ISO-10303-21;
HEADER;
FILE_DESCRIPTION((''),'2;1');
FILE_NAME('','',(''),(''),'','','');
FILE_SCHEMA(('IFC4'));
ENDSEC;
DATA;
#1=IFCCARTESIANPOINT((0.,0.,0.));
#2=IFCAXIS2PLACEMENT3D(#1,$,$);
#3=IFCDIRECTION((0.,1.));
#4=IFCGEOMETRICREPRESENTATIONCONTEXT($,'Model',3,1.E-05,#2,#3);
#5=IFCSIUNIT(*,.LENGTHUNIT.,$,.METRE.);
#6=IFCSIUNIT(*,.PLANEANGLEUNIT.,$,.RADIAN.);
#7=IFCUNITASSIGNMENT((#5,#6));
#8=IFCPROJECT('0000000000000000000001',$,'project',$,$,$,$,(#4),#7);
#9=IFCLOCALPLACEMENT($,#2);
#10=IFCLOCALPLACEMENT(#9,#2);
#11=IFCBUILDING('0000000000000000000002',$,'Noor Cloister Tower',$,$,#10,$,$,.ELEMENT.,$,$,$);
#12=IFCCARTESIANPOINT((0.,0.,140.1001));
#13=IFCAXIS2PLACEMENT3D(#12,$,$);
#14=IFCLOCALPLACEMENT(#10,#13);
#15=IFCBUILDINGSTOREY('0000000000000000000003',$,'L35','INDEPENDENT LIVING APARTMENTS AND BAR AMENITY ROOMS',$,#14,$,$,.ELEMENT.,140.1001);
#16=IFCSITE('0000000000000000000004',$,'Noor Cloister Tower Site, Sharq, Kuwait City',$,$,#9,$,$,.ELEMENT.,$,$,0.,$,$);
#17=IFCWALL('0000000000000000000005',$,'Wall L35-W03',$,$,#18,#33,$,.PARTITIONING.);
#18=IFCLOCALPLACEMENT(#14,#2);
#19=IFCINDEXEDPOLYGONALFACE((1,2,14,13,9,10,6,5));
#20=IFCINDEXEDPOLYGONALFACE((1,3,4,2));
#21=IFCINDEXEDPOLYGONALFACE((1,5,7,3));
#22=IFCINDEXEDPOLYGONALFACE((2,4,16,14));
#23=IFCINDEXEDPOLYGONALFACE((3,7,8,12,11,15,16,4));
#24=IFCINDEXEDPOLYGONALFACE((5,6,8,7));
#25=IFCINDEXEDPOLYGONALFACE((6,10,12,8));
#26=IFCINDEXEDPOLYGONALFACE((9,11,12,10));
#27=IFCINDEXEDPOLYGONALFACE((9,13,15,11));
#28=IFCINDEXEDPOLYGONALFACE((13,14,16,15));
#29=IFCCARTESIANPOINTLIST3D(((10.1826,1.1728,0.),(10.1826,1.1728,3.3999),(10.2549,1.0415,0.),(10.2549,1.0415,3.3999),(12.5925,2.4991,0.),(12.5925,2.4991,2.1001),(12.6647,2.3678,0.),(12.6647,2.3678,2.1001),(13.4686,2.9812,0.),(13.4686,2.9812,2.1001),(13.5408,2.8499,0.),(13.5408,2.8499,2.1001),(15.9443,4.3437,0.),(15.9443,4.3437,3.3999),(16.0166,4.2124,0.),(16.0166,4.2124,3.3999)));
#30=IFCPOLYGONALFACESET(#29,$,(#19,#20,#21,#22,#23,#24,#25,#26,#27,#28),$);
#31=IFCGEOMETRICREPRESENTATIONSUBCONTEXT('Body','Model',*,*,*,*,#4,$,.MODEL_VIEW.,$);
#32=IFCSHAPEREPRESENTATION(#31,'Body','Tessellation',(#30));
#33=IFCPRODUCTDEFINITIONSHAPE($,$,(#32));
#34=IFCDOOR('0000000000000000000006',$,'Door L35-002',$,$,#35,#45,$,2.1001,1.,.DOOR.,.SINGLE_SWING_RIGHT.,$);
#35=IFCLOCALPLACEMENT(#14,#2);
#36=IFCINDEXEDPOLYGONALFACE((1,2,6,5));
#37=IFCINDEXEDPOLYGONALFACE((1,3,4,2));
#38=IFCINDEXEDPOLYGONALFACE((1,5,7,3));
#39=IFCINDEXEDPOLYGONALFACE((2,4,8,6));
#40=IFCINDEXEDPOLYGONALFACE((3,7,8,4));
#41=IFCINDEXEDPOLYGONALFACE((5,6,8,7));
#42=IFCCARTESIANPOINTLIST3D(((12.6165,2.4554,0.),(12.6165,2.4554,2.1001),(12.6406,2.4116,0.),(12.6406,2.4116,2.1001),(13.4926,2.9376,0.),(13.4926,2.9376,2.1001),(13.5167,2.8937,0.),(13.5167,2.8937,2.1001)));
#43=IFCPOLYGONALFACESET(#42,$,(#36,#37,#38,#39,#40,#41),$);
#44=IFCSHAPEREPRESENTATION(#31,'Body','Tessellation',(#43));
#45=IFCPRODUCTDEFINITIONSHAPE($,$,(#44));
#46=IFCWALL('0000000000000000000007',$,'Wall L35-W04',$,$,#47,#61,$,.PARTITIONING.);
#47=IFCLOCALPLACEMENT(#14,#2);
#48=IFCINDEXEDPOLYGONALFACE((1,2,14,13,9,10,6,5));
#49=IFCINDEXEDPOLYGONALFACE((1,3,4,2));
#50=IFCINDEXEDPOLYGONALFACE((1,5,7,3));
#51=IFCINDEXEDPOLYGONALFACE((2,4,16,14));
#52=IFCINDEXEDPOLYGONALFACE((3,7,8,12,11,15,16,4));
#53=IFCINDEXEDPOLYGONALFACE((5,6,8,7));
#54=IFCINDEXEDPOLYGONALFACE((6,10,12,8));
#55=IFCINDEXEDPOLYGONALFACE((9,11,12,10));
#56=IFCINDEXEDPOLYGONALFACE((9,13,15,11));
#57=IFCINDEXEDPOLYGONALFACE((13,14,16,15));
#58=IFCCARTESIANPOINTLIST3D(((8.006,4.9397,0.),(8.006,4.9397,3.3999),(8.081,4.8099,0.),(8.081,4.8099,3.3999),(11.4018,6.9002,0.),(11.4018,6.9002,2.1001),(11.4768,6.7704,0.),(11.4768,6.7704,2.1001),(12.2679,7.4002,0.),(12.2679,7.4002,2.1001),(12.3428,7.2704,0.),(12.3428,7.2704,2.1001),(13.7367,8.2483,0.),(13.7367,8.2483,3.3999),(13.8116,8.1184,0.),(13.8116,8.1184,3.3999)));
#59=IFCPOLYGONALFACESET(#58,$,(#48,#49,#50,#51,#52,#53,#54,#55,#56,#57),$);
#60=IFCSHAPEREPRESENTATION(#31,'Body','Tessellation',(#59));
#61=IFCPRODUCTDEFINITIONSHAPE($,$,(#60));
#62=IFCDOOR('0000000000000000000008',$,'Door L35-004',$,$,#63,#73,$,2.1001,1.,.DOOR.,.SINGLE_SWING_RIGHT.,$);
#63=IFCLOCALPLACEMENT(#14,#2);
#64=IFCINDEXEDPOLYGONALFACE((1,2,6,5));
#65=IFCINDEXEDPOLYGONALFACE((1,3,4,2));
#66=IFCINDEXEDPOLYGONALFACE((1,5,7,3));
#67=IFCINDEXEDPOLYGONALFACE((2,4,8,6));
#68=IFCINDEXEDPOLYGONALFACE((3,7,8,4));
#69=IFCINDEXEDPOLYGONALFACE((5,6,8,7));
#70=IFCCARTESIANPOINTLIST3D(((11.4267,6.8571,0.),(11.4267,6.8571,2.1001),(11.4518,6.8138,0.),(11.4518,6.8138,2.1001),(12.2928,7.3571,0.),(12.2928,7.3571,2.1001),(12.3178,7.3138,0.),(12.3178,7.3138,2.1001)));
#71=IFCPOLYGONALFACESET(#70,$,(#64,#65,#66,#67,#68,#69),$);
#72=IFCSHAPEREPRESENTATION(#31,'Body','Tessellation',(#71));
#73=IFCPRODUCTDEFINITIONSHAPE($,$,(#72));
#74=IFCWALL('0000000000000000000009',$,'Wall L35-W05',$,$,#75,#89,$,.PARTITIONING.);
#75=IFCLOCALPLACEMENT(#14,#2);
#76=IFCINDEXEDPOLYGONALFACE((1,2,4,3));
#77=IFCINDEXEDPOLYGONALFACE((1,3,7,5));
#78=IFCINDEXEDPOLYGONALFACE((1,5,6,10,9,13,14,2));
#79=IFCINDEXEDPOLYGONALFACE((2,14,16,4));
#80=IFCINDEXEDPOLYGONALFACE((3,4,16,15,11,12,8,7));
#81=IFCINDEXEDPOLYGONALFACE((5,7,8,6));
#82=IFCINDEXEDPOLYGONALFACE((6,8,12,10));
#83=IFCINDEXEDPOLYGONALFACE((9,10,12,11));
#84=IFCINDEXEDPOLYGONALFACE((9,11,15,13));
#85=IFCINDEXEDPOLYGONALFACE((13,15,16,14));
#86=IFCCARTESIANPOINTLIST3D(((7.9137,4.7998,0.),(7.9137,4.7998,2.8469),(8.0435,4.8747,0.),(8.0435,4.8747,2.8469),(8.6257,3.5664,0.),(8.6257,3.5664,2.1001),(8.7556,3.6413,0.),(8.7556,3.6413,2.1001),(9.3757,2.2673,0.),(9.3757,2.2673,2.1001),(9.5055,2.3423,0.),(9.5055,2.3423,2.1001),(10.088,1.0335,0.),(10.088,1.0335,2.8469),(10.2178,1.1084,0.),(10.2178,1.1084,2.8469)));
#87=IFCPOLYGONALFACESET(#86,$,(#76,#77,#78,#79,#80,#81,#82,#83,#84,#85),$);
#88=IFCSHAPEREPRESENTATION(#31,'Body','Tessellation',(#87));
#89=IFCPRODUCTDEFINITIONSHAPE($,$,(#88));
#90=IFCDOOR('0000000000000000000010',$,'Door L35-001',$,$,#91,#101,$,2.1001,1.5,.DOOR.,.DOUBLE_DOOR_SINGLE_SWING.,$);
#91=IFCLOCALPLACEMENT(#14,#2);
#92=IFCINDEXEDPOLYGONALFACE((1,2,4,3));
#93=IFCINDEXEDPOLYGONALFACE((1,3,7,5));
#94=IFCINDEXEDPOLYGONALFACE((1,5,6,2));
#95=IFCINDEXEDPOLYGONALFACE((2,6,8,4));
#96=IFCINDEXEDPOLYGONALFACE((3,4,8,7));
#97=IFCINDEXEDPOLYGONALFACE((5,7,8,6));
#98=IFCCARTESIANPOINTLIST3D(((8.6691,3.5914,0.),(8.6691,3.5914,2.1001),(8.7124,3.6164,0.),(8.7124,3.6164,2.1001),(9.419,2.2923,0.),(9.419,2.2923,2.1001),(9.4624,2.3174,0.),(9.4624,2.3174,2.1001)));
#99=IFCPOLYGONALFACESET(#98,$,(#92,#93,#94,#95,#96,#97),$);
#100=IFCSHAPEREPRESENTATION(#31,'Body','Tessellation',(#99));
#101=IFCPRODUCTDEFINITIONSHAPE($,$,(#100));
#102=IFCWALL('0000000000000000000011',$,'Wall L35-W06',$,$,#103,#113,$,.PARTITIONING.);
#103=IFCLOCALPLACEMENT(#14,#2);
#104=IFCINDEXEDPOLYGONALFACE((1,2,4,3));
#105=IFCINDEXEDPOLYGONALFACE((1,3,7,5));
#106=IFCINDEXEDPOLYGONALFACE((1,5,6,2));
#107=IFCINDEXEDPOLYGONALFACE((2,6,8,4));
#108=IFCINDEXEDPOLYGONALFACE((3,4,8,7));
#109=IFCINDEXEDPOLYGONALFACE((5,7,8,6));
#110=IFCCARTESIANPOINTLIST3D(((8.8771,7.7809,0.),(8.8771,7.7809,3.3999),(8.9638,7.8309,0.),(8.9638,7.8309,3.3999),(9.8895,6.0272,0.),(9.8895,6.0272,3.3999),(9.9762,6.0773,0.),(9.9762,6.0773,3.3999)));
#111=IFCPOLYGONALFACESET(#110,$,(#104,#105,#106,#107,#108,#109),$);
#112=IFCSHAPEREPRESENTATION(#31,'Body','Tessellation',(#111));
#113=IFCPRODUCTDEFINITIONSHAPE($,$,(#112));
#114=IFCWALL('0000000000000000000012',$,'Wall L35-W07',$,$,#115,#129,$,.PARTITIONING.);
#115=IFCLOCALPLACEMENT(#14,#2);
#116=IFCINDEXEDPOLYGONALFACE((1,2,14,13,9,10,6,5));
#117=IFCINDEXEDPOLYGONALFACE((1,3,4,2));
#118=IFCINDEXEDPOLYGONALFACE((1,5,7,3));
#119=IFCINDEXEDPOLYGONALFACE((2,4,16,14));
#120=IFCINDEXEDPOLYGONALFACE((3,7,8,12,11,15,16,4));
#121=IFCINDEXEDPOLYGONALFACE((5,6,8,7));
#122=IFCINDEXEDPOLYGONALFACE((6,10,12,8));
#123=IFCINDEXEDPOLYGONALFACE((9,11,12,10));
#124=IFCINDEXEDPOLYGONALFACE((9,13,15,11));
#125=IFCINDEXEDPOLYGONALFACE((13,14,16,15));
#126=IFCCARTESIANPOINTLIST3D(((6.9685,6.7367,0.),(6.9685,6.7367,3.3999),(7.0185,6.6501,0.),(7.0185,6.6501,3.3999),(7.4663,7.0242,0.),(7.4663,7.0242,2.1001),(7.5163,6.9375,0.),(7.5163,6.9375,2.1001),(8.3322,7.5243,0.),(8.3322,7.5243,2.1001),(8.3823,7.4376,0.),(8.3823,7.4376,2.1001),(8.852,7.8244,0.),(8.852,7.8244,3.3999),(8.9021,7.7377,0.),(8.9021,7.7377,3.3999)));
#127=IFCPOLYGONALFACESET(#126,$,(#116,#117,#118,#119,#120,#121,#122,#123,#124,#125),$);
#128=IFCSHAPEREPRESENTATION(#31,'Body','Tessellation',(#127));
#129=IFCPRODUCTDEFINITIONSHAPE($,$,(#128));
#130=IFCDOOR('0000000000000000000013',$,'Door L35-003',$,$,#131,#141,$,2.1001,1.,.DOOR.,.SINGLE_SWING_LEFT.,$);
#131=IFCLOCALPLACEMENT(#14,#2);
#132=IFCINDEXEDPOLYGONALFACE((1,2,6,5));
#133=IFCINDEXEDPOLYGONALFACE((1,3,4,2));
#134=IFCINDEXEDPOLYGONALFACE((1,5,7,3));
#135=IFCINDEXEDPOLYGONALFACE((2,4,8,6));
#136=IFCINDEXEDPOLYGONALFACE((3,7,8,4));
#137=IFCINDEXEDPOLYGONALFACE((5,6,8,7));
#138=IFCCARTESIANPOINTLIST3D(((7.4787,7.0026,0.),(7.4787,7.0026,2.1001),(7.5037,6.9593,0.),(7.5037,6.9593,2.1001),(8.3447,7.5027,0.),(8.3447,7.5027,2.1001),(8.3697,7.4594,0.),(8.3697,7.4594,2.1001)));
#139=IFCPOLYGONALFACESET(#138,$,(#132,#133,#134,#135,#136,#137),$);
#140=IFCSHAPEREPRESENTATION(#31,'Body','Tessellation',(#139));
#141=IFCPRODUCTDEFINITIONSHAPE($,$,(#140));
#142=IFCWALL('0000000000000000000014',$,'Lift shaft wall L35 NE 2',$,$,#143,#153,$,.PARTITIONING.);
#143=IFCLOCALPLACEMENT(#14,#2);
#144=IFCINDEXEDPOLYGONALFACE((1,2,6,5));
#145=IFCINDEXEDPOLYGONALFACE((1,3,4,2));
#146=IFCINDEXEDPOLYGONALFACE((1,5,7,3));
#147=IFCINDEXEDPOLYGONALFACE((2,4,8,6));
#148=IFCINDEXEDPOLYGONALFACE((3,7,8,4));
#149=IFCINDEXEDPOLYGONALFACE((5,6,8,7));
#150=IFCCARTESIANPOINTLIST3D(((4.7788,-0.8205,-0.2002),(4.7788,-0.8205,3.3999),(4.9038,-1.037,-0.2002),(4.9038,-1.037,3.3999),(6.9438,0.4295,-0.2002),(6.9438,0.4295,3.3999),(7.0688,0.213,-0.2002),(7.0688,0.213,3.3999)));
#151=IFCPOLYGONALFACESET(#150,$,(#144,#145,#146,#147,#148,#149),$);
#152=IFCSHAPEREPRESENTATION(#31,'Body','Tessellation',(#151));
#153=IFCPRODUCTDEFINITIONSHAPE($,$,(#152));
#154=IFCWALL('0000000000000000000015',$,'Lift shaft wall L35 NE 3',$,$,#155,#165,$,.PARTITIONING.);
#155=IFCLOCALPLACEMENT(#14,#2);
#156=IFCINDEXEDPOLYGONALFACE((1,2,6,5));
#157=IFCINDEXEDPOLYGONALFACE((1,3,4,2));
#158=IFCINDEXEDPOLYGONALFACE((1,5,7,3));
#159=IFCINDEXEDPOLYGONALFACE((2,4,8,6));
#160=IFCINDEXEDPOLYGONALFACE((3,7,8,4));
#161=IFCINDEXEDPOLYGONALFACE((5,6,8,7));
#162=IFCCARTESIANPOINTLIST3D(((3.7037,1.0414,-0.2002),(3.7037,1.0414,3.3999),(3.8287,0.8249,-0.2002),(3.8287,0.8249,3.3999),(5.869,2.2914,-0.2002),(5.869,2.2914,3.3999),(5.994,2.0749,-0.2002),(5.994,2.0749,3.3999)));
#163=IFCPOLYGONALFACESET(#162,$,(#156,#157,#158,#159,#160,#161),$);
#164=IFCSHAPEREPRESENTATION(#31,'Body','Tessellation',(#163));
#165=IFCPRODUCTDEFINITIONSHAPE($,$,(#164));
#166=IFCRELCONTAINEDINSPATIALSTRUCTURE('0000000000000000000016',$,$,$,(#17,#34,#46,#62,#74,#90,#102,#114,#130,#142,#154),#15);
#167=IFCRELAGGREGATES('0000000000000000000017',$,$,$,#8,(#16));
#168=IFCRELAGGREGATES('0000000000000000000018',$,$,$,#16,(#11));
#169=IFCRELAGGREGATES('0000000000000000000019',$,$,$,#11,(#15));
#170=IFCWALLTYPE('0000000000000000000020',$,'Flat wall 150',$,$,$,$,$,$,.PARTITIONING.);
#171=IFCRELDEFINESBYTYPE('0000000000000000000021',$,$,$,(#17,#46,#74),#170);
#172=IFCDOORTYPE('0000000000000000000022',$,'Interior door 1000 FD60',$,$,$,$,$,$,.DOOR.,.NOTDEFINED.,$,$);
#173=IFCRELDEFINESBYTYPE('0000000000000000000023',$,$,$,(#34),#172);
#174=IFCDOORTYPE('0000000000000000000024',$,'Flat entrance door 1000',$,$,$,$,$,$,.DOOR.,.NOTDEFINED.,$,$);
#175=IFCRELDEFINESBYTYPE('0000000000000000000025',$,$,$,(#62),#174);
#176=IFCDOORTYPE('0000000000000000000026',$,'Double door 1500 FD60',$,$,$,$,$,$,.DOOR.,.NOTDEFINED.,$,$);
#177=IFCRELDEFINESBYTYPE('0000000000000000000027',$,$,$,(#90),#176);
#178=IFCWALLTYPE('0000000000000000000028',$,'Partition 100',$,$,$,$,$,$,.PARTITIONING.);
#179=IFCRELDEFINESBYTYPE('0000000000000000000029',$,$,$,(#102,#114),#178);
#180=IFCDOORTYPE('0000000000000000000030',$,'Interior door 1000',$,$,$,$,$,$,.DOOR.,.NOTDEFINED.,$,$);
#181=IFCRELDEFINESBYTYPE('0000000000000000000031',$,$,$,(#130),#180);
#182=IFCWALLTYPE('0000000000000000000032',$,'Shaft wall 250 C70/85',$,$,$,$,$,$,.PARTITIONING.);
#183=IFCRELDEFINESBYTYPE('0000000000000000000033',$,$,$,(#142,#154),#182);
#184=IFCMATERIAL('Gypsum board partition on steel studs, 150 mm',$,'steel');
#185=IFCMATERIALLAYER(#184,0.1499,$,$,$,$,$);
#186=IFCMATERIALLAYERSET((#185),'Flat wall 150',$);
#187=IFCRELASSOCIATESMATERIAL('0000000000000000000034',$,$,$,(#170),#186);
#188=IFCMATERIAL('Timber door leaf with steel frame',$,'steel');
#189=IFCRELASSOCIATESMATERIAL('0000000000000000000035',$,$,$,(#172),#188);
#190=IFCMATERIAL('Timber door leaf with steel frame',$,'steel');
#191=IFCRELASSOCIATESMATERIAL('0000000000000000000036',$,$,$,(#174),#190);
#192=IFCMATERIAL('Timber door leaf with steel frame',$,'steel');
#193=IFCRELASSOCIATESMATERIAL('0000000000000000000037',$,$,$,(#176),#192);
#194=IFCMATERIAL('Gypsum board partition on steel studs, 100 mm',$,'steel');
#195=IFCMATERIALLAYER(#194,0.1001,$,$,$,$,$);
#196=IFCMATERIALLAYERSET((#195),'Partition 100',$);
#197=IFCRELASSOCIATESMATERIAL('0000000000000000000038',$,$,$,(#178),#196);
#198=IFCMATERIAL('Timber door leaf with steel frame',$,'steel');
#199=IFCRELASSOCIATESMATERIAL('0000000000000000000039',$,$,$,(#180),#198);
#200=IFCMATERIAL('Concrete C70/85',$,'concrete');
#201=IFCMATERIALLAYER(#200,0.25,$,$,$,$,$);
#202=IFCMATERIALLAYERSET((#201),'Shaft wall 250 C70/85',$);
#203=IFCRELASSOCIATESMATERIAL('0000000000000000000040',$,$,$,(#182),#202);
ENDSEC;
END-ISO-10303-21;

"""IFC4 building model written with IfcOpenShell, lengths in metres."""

from ifc_helpers import new_model, si_unit, direction, frame, frame_2d, origin, place, context, subcontext, project, spatial, rectangle, extrude, material, layer, layer_set, type_object, element, fill, save


model = new_model("IFC4")

# Units and contexts
model_context = context("Model", 3, precision=1e-05, world=origin(), true_north=direction((0.0, 1.0)))
body_context = subcontext(model_context, "Body", "Model", "MODEL_VIEW")
ifc_project = project(units=[si_unit("LENGTHUNIT", "METRE"), si_unit("PLANEANGLEUNIT", "RADIAN")], contexts=[model_context])

# Site, building, storey
site_placement = place(None, origin())
site = spatial("IfcSite", under=ifc_project, at=site_placement, Name="Noor Cloister Tower Site, Sharq, Kuwait City", CompositionType="ELEMENT", RefElevation=0.0)
building_placement = place(site_placement, origin())
building = spatial("IfcBuilding", under=site, at=building_placement, Name="Noor Cloister Tower", CompositionType="ELEMENT")
storey_placement = place(building_placement, frame((0.0, 0.0, 140.1001)))
storey = spatial("IfcBuildingStorey", under=building, at=storey_placement, Name="L35", Description="INDEPENDENT LIVING APARTMENTS AND BAR AMENITY ROOMS", CompositionType="ELEMENT", Elevation=140.1001)

# Shared definitions
ifc_material_1 = material(Name="Gypsum board partition on steel studs, 150 mm", Category="steel")
ifc_layer_1 = layer(ifc_material_1, 0.1499)
ifc_layer_set_1 = layer_set([ifc_layer_1], Name="Flat wall 150")
wall_type_1 = type_object("IfcWallType", Name="Flat wall 150", PredefinedType="PARTITIONING", material=ifc_layer_set_1)

# Walls, openings, doors
wall_1_placement = place(storey_placement, frame((15.9805, 4.2781, 0.0), z_axis=(0.0, 0.0, 1.0), x_axis=(-0.87609, -0.482147, 0.0)))
wall_1 = element("IfcWall", 1, at=wall_1_placement, inside=storey, type_object=wall_type_1, Name="Wall L35-W03", PredefinedType="PARTITIONING", context=body_context, shape_type="SweptSolid", body=[
    extrude(rectangle(XDim=6.5767, YDim=0.1499, at=frame_2d((3.2883, 0.0))), origin(), (0.0, 0.0, 1.0), 3.3999),
])
opening_1_placement = place(wall_1_placement, frame((2.8259, 0.0, 0.0)))
opening_1 = element("IfcOpeningElement", 2, at=opening_1_placement, cuts=wall_1, PredefinedType="OPENING", context=body_context, shape_type="SweptSolid", body=[
    extrude(rectangle(XDim=1.0, YDim=2.1001, at=frame_2d((0.5, 1.05))), frame((0.0, 0.085, 0.0), z_axis=(0.0, -1.0, 0.0), x_axis=(1.0, 0.0, 0.0)), (0.0, 0.0, 1.0), 0.1699),
])
ifc_material_2 = material(Name="Timber door leaf with steel frame", Category="steel")
door_type_1 = type_object("IfcDoorType", Name="Interior door 1000 FD60", OperationType="NOTDEFINED", PredefinedType="DOOR", material=ifc_material_2)
door_1_placement = place(opening_1_placement, origin())
door_1 = element("IfcDoor", 3, at=door_1_placement, inside=storey, type_object=door_type_1, Name="Door L35-002", OperationType="SINGLE_SWING_RIGHT", OverallHeight=2.1001, OverallWidth=1.0, PredefinedType="DOOR", context=body_context, shape_type="SweptSolid", body=[
    extrude(rectangle(XDim=1.0, YDim=2.1001, at=frame_2d((0.5, 1.05))), frame((0.0, 0.0249, 0.0), z_axis=(0.0, -1.0, 0.0), x_axis=(1.0, 0.0, 0.0)), (0.0, 0.0, 1.0), 0.05),
])
fill(opening_1, door_1)
wall_2_placement = place(storey_placement, frame((13.7742, 8.1833, 0.0), z_axis=(0.0, 0.0, 1.0), x_axis=(-0.866028, -0.499996, 0.0)))
wall_2 = element("IfcWall", 4, at=wall_2_placement, inside=storey, type_object=wall_type_1, Name="Wall L35-W04", PredefinedType="PARTITIONING", context=body_context, shape_type="SweptSolid", body=[
    extrude(rectangle(XDim=6.6172, YDim=0.1499, at=frame_2d((3.3086, 0.0))), origin(), (0.0, 0.0, 1.0), 3.3999),
])
opening_2_placement = place(wall_2_placement, frame((1.696, 0.0, 0.0)))
opening_2 = element("IfcOpeningElement", 5, at=opening_2_placement, cuts=wall_2, PredefinedType="OPENING", context=body_context, shape_type="SweptSolid", body=[
    extrude(rectangle(XDim=1.0, YDim=2.1001, at=frame_2d((0.5, 1.05))), frame((0.0, 0.085, 0.0), z_axis=(0.0, -1.0, 0.0), x_axis=(1.0, 0.0, 0.0)), (0.0, 0.0, 1.0), 0.1699),
])
ifc_material_3 = material(Name="Timber door leaf with steel frame", Category="steel")
door_type_2 = type_object("IfcDoorType", Name="Flat entrance door 1000", OperationType="NOTDEFINED", PredefinedType="DOOR", material=ifc_material_3)
door_2_placement = place(opening_2_placement, origin())
door_2 = element("IfcDoor", 6, at=door_2_placement, inside=storey, type_object=door_type_2, Name="Door L35-004", OperationType="SINGLE_SWING_RIGHT", OverallHeight=2.1001, OverallWidth=1.0, PredefinedType="DOOR", context=body_context, shape_type="SweptSolid", body=[
    extrude(rectangle(XDim=1.0, YDim=2.1001, at=frame_2d((0.5, 1.05))), frame((0.0, 0.0249, 0.0), z_axis=(0.0, -1.0, 0.0), x_axis=(1.0, 0.0, 0.0)), (0.0, 0.0, 1.0), 0.05),
])
fill(opening_2, door_2)
wall_3_placement = place(storey_placement, frame((10.1528, 1.071, 0.0), z_axis=(0.0, 0.0, 1.0), x_axis=(-0.499967, 0.866044, 0.0)))
wall_3 = element("IfcWall", 7, at=wall_3_placement, inside=storey, type_object=wall_type_1, Name="Wall L35-W05", PredefinedType="PARTITIONING", context=body_context, shape_type="SweptSolid", body=[
    extrude(rectangle(XDim=4.3489, YDim=0.1499, at=frame_2d((2.1743, 0.0))), origin(), (0.0, 0.0, 1.0), 2.8469),
])
opening_3_placement = place(wall_3_placement, frame((1.4246, 0.0, 0.0)))
opening_3 = element("IfcOpeningElement", 8, at=opening_3_placement, cuts=wall_3, PredefinedType="OPENING", context=body_context, shape_type="SweptSolid", body=[
    extrude(rectangle(XDim=1.5, YDim=2.1001, at=frame_2d((0.75, 1.05))), frame((0.0, 0.085, 0.0), z_axis=(0.0, -1.0, 0.0), x_axis=(1.0, 0.0, 0.0)), (0.0, 0.0, 1.0), 0.1699),
])
ifc_material_4 = material(Name="Timber door leaf with steel frame", Category="steel")
door_type_3 = type_object("IfcDoorType", Name="Double door 1500 FD60", OperationType="NOTDEFINED", PredefinedType="DOOR", material=ifc_material_4)
door_3_placement = place(opening_3_placement, origin())
door_3 = element("IfcDoor", 9, at=door_3_placement, inside=storey, type_object=door_type_3, Name="Door L35-001", OperationType="DOUBLE_DOOR_SINGLE_SWING", OverallHeight=2.1001, OverallWidth=1.5, PredefinedType="DOOR", context=body_context, shape_type="SweptSolid", body=[
    extrude(rectangle(XDim=1.5, YDim=2.1001, at=frame_2d((0.75, 1.05))), frame((0.0, 0.0249, 0.0), z_axis=(0.0, -1.0, 0.0), x_axis=(1.0, 0.0, 0.0)), (0.0, 0.0, 1.0), 0.05),
])
fill(opening_3, door_3)

# Wall
ifc_material_5 = material(Name="Gypsum board partition on steel studs, 100 mm", Category="steel")
ifc_layer_2 = layer(ifc_material_5, 0.1001)
ifc_layer_set_2 = layer_set([ifc_layer_2], Name="Partition 100")
wall_type_2 = type_object("IfcWallType", Name="Partition 100", PredefinedType="PARTITIONING", material=ifc_layer_set_2)
wall_4_placement = place(storey_placement, frame((9.9329, 6.0522, 0.0), z_axis=(0.0, 0.0, 1.0), x_axis=(-0.49999, 0.866031, 0.0)))
element("IfcWall", 10, at=wall_4_placement, inside=storey, type_object=wall_type_2, Name="Wall L35-W06", PredefinedType="PARTITIONING", context=body_context, shape_type="SweptSolid", body=[
    extrude(rectangle(XDim=2.0249, YDim=0.1001, at=frame_2d((1.0125, 0.0))), origin(), (0.0, 0.0, 1.0), 3.3999),
])

# Wall, opening, door
wall_5_placement = place(storey_placement, frame((8.877, 7.781, 0.0), z_axis=(0.0, 0.0, 1.0), x_axis=(-0.865989, -0.500063, 0.0)))
wall_5 = element("IfcWall", 11, at=wall_5_placement, inside=storey, type_object=wall_type_2, Name="Wall L35-W07", PredefinedType="PARTITIONING", context=body_context, shape_type="SweptSolid", body=[
    extrude(rectangle(XDim=2.175, YDim=0.1001, at=frame_2d((1.0874, 0.0))), origin(), (0.0, 0.0, 1.0), 3.3999),
])
opening_4_placement = place(wall_5_placement, frame((0.6001, 0.0, 0.0)))
opening_4 = element("IfcOpeningElement", 12, at=opening_4_placement, cuts=wall_5, PredefinedType="OPENING", context=body_context, shape_type="SweptSolid", body=[
    extrude(rectangle(XDim=1.0, YDim=2.1001, at=frame_2d((0.5, 1.05))), frame((0.0, 0.0601, 0.0), z_axis=(0.0, -1.0, 0.0), x_axis=(1.0, 0.0, 0.0)), (0.0, 0.0, 1.0), 0.1201),
])
ifc_material_6 = material(Name="Timber door leaf with steel frame", Category="steel")
door_type_4 = type_object("IfcDoorType", Name="Interior door 1000", OperationType="NOTDEFINED", PredefinedType="DOOR", material=ifc_material_6)
door_4_placement = place(opening_4_placement, origin())
door_4 = element("IfcDoor", 13, at=door_4_placement, inside=storey, type_object=door_type_4, Name="Door L35-003", OperationType="SINGLE_SWING_LEFT", OverallHeight=2.1001, OverallWidth=1.0, PredefinedType="DOOR", context=body_context, shape_type="SweptSolid", body=[
    extrude(rectangle(XDim=1.0, YDim=2.1001, at=frame_2d((0.5, 1.05))), frame((0.0, 0.0249, 0.0), z_axis=(0.0, -1.0, 0.0), x_axis=(1.0, 0.0, 0.0)), (0.0, 0.0, 1.0), 0.05),
])
fill(opening_4, door_4)

# Walls
ifc_material_7 = material(Name="Concrete C70/85", Category="concrete")
ifc_layer_3 = layer(ifc_material_7, 0.25)
ifc_layer_set_3 = layer_set([ifc_layer_3], Name="Shaft wall 250 C70/85")
wall_type_3 = type_object("IfcWallType", Name="Shaft wall 250 C70/85", PredefinedType="PARTITIONING", material=ifc_layer_set_3)
wall_6_placement = place(storey_placement, frame((7.0063, 0.3213, -0.2002), z_axis=(0.0, 0.0, 1.0), x_axis=(-0.866023, -0.500004, 0.0)))
element("IfcWall", 14, at=wall_6_placement, inside=storey, type_object=wall_type_3, Name="Lift shaft wall L35 NE 2", PredefinedType="PARTITIONING", context=body_context, shape_type="SweptSolid", body=[
    extrude(rectangle(XDim=2.5, YDim=0.25, at=frame_2d((1.25, 0.0))), origin(), (0.0, 0.0, 1.0), 3.6001),
])
wall_7_placement = place(storey_placement, frame((5.9314, 2.1831, -0.2002), z_axis=(0.0, 0.0, 1.0), x_axis=(-0.866047, -0.499962, 0.0)))
element("IfcWall", 15, at=wall_7_placement, inside=storey, type_object=wall_type_3, Name="Lift shaft wall L35 NE 3", PredefinedType="PARTITIONING", context=body_context, shape_type="SweptSolid", body=[
    extrude(rectangle(XDim=2.5002, YDim=0.25, at=frame_2d((1.25, 0.0))), origin(), (0.0, 0.0, 1.0), 3.6001),
])

save(model, "model.ifc")
